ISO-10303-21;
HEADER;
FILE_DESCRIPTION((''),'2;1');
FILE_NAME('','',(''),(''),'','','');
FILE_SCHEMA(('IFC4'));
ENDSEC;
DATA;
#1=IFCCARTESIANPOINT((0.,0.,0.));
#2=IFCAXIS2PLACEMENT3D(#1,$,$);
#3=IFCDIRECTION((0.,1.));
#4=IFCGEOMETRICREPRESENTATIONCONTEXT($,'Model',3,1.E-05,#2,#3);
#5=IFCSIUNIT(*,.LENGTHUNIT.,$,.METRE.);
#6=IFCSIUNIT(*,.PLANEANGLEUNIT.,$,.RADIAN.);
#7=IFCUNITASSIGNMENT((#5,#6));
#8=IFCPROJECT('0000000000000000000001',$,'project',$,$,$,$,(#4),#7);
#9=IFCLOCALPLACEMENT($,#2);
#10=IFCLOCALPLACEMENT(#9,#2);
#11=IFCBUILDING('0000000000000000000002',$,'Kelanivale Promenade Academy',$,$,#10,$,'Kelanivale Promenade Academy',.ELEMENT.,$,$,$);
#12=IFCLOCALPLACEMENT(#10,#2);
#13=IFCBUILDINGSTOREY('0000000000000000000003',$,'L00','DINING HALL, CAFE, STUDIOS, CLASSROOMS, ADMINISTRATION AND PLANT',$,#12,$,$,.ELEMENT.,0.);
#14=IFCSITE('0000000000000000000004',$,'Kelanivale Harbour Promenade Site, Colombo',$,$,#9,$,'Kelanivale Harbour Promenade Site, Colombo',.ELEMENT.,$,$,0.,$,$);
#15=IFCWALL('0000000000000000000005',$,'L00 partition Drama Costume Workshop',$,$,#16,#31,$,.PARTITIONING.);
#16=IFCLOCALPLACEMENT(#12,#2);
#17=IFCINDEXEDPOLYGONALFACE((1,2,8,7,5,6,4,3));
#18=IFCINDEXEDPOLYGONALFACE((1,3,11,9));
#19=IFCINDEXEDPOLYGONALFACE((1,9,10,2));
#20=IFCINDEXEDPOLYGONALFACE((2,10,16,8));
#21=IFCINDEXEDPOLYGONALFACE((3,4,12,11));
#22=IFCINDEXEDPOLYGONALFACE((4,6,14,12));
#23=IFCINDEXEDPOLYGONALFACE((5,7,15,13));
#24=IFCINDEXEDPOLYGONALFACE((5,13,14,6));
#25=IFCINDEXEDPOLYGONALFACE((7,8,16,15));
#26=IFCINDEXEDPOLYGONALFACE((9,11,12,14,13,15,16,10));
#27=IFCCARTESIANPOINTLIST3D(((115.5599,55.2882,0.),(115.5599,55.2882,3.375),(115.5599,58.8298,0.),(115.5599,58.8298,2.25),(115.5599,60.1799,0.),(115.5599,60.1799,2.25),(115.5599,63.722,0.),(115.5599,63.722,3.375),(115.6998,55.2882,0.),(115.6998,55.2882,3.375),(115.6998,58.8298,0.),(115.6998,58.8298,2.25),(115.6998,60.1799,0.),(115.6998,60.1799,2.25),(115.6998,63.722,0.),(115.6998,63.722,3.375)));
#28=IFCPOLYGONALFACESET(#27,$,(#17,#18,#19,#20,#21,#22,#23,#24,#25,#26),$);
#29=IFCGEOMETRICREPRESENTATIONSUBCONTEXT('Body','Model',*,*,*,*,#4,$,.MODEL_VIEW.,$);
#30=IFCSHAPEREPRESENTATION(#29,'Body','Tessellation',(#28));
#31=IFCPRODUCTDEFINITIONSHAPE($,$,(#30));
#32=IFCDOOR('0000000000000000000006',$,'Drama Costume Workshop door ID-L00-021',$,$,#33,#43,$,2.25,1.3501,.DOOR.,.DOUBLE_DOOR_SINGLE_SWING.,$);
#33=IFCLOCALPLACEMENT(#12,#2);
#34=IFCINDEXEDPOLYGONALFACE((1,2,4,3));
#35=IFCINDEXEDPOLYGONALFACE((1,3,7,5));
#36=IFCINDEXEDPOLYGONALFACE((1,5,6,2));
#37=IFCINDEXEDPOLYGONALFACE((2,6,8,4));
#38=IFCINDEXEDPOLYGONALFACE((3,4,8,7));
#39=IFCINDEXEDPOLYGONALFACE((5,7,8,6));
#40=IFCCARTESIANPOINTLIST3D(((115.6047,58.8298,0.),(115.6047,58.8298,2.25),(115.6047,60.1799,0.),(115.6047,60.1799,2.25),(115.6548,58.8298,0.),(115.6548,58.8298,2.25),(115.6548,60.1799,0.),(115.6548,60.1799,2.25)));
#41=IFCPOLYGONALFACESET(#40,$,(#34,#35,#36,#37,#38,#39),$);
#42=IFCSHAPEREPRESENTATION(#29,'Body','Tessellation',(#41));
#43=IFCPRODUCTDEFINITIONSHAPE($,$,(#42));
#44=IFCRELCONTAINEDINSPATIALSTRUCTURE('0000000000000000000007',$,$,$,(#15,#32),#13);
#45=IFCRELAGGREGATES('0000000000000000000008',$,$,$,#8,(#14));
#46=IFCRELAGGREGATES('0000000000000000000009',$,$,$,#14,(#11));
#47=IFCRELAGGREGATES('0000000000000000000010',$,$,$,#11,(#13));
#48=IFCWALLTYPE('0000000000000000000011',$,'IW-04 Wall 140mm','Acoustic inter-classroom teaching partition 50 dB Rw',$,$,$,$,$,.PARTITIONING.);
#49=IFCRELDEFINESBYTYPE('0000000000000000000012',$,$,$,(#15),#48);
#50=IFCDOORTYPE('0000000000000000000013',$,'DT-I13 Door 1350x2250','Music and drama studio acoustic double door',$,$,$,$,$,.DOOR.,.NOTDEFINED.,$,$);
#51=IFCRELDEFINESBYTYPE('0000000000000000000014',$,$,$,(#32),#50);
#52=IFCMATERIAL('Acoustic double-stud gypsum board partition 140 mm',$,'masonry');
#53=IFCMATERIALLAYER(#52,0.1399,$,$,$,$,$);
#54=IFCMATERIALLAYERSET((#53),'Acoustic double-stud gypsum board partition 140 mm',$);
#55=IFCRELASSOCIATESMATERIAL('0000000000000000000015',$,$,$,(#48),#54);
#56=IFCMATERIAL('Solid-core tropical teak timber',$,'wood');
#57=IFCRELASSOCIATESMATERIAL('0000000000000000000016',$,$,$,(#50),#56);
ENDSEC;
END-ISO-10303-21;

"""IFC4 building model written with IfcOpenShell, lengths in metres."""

from ifc_helpers import new_model, si_unit, direction, frame, frame_2d, origin, place, context, subcontext, project, spatial, rectangle, extrude, material, layer, layer_set, type_object, element, fill, save


model = new_model("IFC4")

# Units and contexts
model_context = context("Model", 3, precision=1e-05, world=origin(), true_north=direction((0.0, 1.0)))
body_context = subcontext(model_context, "Body", "Model", "MODEL_VIEW")
ifc_project = project(units=[si_unit("LENGTHUNIT", "METRE"), si_unit("PLANEANGLEUNIT", "RADIAN")], contexts=[model_context])

# Site, building, storey
site_placement = place(None, origin())
site = spatial("IfcSite", under=ifc_project, at=site_placement, Name="Kelanivale Harbour Promenade Site, Colombo", LongName="Kelanivale Harbour Promenade Site, Colombo", CompositionType="ELEMENT", RefElevation=0.0)
building_placement = place(site_placement, origin())
building = spatial("IfcBuilding", under=site, at=building_placement, Name="Kelanivale Promenade Academy", LongName="Kelanivale Promenade Academy", CompositionType="ELEMENT")
storey_placement = place(building_placement, origin())
storey = spatial("IfcBuildingStorey", under=building, at=storey_placement, Name="L00", Description="DINING HALL, CAFE, STUDIOS, CLASSROOMS, ADMINISTRATION AND PLANT", CompositionType="ELEMENT", Elevation=0.0)

# Wall, opening, door
ifc_material_1 = material(Name="Acoustic double-stud gypsum board partition 140 mm", Category="masonry")
ifc_layer_1 = layer(ifc_material_1, 0.1399)
ifc_layer_set_1 = layer_set([ifc_layer_1], Name="Acoustic double-stud gypsum board partition 140 mm")
wall_type_1 = type_object("IfcWallType", Name="IW-04 Wall 140mm", Description="Acoustic inter-classroom teaching partition 50 dB Rw", PredefinedType="PARTITIONING", material=ifc_layer_set_1)
wall_1_placement = place(storey_placement, frame((115.6299, 63.7219, 0.0), z_axis=(0.0, 0.0, 1.0), x_axis=(0.0, -1.0, 0.0)))
wall_1 = element("IfcWall", 1, at=wall_1_placement, inside=storey, type_object=wall_type_1, Name="L00 partition Drama Costume Workshop", PredefinedType="PARTITIONING", context=body_context, shape_type="SweptSolid", body=[
    extrude(rectangle(XDim=8.4338, YDim=0.1399, at=frame_2d((4.2168, 0.0))), origin(), (0.0, 0.0, 1.0), 3.375),
])
opening_1_placement = place(wall_1_placement, frame((3.542, 0.0, 0.0)))
opening_1 = element("IfcOpeningElement", 2, at=opening_1_placement, cuts=wall_1, PredefinedType="OPENING", context=body_context, shape_type="SweptSolid", body=[
    extrude(rectangle(XDim=1.3501, YDim=2.25, at=frame_2d((0.675, 1.125))), frame((0.0, 0.0801, 0.0), z_axis=(0.0, -1.0, 0.0), x_axis=(1.0, 0.0, 0.0)), (0.0, 0.0, 1.0), 0.1599),
])
ifc_material_2 = material(Name="Solid-core tropical teak timber", Category="wood")
door_type = type_object("IfcDoorType", Name="DT-I13 Door 1350x2250", Description="Music and drama studio acoustic double door", OperationType="NOTDEFINED", PredefinedType="DOOR", material=ifc_material_2)
door_placement = place(opening_1_placement, origin())
door = element("IfcDoor", 3, at=door_placement, inside=storey, type_object=door_type, Name="Drama Costume Workshop door ID-L00-021", OperationType="DOUBLE_DOOR_SINGLE_SWING", OverallHeight=2.25, OverallWidth=1.3501, PredefinedType="DOOR", context=body_context, shape_type="SweptSolid", body=[
    extrude(rectangle(XDim=1.3501, YDim=2.25, at=frame_2d((0.675, 1.125))), frame((0.0, 0.0249, 0.0), z_axis=(0.0, -1.0, 0.0), x_axis=(1.0, 0.0, 0.0)), (0.0, 0.0, 1.0), 0.05),
])
fill(opening_1, door)

save(model, "model.ifc")
